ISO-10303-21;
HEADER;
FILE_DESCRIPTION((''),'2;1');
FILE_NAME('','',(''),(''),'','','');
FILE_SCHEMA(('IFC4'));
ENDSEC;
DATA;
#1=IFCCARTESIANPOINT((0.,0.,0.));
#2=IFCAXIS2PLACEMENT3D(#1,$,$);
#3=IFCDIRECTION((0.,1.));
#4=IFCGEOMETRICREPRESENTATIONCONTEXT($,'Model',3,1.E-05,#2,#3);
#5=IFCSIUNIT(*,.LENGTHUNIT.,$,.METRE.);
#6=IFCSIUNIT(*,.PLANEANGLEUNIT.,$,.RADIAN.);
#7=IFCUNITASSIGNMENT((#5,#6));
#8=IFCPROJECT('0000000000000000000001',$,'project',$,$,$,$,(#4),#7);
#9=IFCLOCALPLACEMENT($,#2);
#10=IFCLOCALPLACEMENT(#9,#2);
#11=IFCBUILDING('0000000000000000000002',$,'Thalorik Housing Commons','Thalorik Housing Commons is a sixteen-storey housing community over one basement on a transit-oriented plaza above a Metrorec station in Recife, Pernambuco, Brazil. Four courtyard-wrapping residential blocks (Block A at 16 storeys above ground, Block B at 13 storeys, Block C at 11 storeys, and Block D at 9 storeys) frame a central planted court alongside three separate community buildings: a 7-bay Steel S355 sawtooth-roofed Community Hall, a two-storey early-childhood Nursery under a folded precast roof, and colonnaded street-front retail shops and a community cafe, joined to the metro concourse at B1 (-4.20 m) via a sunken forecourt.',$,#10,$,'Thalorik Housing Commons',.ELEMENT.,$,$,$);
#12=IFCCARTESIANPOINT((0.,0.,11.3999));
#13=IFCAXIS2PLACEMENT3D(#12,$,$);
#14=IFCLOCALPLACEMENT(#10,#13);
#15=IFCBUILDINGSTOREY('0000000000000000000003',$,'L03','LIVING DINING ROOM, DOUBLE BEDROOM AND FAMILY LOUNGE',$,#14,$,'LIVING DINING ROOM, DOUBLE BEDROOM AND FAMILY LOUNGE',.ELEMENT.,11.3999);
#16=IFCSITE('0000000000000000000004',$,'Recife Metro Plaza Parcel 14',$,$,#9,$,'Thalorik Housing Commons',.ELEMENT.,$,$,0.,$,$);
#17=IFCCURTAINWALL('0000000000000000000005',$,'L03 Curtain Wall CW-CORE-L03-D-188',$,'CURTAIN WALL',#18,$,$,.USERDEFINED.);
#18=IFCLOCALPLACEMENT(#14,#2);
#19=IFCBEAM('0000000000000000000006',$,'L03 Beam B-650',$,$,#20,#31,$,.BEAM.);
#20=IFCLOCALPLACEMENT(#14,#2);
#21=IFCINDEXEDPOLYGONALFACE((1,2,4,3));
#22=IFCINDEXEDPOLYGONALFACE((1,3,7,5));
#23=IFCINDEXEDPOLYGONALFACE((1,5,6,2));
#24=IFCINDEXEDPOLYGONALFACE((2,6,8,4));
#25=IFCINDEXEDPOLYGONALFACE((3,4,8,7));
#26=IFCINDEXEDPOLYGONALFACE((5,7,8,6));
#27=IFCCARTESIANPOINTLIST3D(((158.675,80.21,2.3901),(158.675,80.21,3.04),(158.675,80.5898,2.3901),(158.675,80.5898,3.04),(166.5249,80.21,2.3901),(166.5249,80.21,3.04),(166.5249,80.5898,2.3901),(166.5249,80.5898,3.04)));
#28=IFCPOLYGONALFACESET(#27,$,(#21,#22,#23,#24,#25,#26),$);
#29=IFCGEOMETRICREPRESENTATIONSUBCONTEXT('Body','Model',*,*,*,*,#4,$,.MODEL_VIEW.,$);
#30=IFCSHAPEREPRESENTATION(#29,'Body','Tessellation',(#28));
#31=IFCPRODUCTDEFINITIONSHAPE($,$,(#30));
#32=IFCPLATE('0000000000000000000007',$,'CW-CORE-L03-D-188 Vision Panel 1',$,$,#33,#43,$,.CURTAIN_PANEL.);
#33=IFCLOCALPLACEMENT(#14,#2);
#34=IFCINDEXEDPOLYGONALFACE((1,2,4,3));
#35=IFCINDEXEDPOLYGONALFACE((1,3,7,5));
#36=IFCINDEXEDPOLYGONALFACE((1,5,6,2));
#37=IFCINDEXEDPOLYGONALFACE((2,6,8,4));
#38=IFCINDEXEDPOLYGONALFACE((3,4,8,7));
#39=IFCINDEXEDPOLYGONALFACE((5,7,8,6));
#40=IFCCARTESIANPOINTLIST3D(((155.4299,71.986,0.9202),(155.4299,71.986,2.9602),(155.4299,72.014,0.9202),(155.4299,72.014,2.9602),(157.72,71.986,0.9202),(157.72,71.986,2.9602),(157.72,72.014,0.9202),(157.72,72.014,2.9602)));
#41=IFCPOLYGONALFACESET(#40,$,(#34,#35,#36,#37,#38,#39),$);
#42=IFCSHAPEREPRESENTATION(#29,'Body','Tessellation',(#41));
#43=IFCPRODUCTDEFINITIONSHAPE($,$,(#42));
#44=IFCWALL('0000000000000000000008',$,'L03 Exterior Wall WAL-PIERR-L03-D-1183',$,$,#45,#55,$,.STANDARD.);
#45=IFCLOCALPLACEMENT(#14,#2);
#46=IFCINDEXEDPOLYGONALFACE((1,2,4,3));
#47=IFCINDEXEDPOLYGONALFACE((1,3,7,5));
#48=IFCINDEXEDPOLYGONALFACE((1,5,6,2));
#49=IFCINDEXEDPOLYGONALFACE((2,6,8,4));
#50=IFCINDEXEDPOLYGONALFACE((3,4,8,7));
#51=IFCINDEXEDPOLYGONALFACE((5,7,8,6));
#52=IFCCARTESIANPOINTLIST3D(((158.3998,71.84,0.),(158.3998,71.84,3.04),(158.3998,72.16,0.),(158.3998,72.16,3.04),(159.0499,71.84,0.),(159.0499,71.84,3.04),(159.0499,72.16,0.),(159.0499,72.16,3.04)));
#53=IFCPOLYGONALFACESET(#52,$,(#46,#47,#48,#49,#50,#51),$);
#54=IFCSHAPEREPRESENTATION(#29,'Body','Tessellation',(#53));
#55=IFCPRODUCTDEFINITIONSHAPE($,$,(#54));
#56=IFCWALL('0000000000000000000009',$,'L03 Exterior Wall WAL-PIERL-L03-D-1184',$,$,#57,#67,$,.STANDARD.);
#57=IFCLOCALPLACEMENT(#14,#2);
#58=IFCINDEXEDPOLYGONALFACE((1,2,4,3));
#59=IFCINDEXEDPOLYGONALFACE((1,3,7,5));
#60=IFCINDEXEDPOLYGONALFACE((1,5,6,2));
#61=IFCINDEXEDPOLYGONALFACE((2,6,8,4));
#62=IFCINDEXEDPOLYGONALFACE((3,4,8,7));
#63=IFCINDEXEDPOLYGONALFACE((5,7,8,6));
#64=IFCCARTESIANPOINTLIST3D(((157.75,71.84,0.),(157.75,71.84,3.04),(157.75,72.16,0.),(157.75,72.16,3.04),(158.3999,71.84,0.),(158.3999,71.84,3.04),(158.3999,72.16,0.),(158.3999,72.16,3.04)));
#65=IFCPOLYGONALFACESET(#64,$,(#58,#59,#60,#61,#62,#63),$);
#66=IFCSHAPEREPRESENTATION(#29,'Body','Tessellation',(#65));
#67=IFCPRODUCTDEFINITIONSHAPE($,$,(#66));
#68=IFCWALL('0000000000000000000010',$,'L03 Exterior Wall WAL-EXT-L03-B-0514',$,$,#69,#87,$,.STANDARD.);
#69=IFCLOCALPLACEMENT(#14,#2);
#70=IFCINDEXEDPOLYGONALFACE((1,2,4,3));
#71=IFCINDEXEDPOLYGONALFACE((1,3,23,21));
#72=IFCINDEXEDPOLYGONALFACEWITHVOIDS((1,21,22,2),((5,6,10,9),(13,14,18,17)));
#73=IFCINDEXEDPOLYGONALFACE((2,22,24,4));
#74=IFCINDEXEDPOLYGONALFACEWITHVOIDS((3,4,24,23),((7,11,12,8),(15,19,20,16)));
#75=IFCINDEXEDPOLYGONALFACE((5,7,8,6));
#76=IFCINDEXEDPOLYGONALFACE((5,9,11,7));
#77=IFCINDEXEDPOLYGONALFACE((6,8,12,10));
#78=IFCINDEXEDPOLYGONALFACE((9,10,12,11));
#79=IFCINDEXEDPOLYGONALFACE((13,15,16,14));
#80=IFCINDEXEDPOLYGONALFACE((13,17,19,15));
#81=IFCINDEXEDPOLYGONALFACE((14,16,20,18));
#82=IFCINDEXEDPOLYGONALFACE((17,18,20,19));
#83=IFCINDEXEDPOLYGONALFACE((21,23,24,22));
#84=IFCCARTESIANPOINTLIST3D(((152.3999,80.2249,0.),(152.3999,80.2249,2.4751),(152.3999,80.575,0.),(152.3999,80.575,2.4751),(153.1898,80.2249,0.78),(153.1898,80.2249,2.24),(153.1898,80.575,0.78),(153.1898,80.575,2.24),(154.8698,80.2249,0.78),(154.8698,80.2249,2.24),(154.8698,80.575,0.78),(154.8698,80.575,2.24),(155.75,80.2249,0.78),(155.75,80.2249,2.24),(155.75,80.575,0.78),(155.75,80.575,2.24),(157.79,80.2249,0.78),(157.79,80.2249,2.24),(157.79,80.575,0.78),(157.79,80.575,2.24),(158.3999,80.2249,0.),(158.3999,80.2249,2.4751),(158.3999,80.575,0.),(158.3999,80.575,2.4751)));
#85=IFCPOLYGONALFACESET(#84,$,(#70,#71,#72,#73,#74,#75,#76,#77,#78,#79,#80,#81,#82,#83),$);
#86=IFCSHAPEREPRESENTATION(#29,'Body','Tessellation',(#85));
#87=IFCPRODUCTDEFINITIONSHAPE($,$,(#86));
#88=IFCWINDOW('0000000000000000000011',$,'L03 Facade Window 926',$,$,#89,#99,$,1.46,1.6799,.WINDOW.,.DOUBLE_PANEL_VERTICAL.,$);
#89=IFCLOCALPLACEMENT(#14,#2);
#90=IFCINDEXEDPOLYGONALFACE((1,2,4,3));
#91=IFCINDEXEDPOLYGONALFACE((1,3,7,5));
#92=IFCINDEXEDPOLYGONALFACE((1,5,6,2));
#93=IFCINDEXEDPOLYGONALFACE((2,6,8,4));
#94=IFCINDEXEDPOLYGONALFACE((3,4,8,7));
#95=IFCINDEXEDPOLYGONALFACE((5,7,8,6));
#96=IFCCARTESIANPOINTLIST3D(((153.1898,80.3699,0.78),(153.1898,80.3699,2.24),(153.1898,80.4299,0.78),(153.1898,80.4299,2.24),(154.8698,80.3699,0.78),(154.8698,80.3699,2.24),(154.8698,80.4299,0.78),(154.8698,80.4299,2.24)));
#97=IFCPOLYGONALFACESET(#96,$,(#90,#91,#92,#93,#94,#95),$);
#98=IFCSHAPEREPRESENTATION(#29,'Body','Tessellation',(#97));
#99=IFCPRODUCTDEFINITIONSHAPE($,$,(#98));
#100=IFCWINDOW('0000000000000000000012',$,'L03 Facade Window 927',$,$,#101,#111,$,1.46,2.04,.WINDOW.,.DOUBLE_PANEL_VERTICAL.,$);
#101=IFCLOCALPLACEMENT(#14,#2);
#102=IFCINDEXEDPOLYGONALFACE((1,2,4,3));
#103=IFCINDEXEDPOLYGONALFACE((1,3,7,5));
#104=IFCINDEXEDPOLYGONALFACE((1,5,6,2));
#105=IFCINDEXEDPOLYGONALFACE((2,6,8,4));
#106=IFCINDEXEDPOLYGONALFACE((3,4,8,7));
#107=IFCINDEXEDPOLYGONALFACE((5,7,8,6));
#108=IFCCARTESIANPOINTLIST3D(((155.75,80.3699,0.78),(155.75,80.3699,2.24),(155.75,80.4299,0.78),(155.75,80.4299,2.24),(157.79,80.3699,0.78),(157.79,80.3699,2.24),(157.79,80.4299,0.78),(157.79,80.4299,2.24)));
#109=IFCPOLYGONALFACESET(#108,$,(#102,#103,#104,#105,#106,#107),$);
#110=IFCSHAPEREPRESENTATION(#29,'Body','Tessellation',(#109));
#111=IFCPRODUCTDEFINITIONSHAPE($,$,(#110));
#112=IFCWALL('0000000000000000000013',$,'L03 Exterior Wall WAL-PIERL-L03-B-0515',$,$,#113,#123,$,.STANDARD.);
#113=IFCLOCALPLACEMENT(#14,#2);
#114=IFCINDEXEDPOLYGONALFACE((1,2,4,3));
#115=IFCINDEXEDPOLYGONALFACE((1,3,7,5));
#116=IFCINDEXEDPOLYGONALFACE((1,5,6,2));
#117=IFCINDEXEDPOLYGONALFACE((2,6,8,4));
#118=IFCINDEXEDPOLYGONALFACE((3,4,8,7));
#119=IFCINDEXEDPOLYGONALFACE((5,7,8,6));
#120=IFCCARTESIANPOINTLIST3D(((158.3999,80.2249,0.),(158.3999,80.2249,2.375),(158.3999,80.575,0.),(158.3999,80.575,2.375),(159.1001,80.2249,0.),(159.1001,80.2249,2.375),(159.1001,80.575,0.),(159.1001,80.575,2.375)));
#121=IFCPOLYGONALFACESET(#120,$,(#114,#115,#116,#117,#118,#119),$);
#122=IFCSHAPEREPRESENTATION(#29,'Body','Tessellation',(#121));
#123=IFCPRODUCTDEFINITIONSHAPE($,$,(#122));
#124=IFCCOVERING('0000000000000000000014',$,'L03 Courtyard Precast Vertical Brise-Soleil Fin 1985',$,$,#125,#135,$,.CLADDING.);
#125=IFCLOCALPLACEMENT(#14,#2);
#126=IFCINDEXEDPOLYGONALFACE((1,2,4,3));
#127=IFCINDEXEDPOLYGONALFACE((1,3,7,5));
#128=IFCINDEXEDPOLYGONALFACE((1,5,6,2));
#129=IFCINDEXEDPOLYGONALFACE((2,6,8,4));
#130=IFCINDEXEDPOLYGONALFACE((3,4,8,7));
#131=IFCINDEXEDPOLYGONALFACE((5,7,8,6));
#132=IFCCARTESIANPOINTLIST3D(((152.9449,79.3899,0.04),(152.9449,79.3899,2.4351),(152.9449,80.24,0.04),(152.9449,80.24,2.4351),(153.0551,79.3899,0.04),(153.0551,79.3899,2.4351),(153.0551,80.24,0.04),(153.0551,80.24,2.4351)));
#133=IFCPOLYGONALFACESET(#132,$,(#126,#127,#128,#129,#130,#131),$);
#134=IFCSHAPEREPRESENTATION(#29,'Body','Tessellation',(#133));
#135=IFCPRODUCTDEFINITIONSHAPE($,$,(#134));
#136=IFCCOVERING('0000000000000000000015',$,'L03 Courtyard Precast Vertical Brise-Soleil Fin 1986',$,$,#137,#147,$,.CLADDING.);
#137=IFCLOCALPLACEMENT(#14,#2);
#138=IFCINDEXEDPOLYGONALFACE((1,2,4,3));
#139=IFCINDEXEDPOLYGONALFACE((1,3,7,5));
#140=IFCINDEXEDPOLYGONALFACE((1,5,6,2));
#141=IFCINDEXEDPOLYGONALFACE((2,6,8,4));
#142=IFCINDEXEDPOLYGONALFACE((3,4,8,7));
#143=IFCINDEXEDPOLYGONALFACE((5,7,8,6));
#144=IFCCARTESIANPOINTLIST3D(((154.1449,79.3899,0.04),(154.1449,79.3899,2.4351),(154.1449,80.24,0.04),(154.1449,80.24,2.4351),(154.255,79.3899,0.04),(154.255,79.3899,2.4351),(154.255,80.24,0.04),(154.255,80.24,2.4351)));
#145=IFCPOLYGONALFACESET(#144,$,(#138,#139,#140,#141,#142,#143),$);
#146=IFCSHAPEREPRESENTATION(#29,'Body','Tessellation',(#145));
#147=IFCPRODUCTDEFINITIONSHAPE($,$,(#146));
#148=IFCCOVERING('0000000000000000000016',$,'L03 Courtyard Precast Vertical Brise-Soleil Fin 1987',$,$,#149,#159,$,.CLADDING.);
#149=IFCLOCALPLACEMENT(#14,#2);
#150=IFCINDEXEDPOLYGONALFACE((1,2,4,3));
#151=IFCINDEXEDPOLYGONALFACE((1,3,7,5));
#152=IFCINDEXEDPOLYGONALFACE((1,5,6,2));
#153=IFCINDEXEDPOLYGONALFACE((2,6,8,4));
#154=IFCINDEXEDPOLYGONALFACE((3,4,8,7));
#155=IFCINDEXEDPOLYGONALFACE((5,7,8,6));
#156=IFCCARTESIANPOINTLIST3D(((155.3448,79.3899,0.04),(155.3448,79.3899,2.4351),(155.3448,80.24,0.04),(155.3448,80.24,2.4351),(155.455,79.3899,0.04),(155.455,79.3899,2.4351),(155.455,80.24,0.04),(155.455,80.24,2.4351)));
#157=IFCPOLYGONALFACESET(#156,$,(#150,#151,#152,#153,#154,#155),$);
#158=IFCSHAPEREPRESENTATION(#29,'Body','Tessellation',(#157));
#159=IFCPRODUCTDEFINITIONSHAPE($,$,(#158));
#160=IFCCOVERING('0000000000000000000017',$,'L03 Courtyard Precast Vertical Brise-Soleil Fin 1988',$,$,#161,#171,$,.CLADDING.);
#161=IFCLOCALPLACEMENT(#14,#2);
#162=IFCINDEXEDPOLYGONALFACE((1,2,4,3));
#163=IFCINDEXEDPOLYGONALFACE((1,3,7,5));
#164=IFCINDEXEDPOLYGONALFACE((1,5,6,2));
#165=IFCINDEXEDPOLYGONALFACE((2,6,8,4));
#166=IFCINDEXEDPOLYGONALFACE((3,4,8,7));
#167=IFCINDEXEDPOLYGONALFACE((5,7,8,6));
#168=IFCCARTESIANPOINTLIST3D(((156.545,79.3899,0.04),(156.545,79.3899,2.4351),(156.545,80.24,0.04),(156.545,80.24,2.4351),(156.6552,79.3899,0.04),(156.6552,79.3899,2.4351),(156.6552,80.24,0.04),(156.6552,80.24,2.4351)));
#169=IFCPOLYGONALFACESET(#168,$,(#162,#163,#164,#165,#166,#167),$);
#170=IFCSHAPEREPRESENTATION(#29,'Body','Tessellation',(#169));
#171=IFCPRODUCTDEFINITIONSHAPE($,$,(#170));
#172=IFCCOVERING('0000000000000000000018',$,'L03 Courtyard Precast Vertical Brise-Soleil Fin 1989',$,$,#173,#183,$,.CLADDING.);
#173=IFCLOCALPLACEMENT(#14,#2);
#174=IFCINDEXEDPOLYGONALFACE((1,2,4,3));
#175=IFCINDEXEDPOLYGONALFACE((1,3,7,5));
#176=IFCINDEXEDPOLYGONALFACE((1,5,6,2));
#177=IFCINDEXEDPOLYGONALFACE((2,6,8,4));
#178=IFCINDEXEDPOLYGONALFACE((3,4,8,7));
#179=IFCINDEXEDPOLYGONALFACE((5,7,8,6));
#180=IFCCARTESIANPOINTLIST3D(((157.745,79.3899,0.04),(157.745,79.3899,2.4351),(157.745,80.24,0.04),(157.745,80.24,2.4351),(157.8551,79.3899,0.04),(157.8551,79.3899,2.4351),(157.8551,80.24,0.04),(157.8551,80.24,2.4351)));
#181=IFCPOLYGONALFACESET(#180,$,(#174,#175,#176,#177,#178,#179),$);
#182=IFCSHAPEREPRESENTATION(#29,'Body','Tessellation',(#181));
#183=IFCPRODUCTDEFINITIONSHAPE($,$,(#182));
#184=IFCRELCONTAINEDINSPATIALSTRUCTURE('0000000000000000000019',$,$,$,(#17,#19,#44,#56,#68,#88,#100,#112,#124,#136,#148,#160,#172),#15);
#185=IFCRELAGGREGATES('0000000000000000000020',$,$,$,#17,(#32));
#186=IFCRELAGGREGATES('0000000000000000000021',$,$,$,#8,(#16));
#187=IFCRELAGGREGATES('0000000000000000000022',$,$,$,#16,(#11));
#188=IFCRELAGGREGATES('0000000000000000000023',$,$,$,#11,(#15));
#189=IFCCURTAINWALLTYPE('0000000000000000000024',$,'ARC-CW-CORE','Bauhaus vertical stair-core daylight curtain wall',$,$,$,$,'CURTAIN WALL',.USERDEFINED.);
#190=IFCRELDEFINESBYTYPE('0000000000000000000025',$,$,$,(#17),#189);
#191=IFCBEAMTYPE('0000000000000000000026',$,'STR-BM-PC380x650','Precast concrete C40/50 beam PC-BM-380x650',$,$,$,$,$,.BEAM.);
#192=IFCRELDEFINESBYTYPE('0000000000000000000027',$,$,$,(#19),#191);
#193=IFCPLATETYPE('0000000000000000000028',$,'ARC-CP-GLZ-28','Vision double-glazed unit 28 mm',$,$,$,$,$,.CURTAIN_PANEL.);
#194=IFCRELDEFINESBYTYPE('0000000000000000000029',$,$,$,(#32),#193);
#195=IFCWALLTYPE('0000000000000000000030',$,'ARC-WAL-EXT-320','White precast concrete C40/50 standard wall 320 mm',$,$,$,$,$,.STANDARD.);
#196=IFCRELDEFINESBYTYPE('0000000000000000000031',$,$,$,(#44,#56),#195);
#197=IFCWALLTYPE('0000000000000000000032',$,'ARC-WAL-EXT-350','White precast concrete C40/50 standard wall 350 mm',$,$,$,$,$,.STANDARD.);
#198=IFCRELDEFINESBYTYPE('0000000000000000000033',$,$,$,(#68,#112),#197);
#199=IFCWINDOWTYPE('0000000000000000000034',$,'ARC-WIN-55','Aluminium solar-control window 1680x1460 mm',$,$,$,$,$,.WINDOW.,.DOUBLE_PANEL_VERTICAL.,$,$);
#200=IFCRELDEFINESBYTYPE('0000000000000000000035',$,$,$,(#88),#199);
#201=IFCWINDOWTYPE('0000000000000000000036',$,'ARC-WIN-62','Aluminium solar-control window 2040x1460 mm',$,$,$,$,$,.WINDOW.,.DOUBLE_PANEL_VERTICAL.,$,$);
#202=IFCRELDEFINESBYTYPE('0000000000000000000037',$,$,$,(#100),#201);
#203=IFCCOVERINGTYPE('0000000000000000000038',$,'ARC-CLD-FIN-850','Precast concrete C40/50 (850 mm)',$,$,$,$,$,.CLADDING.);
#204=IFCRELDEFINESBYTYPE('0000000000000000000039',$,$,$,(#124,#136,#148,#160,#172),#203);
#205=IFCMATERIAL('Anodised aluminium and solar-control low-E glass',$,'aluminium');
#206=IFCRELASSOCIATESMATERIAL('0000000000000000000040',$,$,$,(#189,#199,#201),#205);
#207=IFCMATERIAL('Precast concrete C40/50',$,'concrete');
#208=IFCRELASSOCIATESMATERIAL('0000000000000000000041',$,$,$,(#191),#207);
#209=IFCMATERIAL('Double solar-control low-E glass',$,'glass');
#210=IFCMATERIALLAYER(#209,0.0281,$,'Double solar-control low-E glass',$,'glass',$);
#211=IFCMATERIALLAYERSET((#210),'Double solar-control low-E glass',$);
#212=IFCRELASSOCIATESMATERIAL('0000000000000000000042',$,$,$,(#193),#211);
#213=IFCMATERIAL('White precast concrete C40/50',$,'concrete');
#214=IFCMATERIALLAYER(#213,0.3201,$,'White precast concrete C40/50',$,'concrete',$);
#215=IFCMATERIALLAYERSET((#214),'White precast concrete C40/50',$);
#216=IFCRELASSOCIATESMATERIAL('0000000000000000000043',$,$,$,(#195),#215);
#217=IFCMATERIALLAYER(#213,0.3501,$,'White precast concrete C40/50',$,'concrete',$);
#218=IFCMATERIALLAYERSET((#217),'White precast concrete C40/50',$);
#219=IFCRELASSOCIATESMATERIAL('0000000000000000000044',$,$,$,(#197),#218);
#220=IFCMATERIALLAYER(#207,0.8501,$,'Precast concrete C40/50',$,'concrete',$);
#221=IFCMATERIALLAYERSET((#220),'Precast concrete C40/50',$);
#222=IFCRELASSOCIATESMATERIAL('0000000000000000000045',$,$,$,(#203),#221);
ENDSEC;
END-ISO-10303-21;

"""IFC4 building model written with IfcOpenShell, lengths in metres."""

from ifc_helpers import new_model, si_unit, direction, frame, frame_2d, origin, origin_2d, place, context, subcontext, project, spatial, rectangle, extrude, material, layer, layer_set, material_profile, profile_set, type_object, element, fill, aggregate, save


model = new_model("IFC4")

# Units and contexts
model_context = context("Model", 3, precision=1e-05, world=origin(), true_north=direction((0.0, 1.0)))
body_context = subcontext(model_context, "Body", "Model", "MODEL_VIEW")
ifc_project = project(units=[si_unit("LENGTHUNIT", "METRE"), si_unit("PLANEANGLEUNIT", "RADIAN")], contexts=[model_context])

# Site, building, storey
site_placement = place(None, origin())
site = spatial("IfcSite", under=ifc_project, at=site_placement, Name="Recife Metro Plaza Parcel 14", LongName="Thalorik Housing Commons", CompositionType="ELEMENT", RefElevation=0.0)
building_placement = place(site_placement, origin())
building = spatial("IfcBuilding", under=site, at=building_placement, Name="Thalorik Housing Commons", Description="Thalorik Housing Commons is a sixteen-storey housing community over one basement on a transit-oriented plaza above a Metrorec station in Recife, Pernambuco, Brazil. Four courtyard-wrapping residential blocks (Block A at 16 storeys above ground, Block B at 13 storeys, Block C at 11 storeys, and Block D at 9 storeys) frame a central planted court alongside three separate community buildings: a 7-bay Steel S355 sawtooth-roofed Community Hall, a two-storey early-childhood Nursery under a folded precast roof, and colonnaded street-front retail shops and a community cafe, joined to the metro concourse at B1 (-4.20 m) via a sunken forecourt.", LongName="Thalorik Housing Commons", CompositionType="ELEMENT")
storey_placement = place(building_placement, frame((0.0, 0.0, 11.3999)))
storey = spatial("IfcBuildingStorey", under=building, at=storey_placement, Name="L03", Description="LIVING DINING ROOM, DOUBLE BEDROOM AND FAMILY LOUNGE", LongName="LIVING DINING ROOM, DOUBLE BEDROOM AND FAMILY LOUNGE", CompositionType="ELEMENT", Elevation=11.3999)

# Shared definitions
ifc_material_1 = material(Name="Precast concrete C40/50", Category="concrete")

# Curtain wall
ifc_material_2 = material(Name="Anodised aluminium and solar-control low-E glass", Category="aluminium")
curtain_wall_type_1 = type_object("IfcCurtainWallType", Name="ARC-CW-CORE", Description="Bauhaus vertical stair-core daylight curtain wall", ElementType="CURTAIN WALL", PredefinedType="USERDEFINED", material=ifc_material_2)
curtain_wall_1_placement = place(storey_placement, origin())
curtain_wall_1 = element("IfcCurtainWall", 1, at=curtain_wall_1_placement, inside=storey, type_object=curtain_wall_type_1, Name="L03 Curtain Wall CW-CORE-L03-D-188", ObjectType="CURTAIN WALL", PredefinedType="USERDEFINED")

# Beam
ifc_material_profile_1 = material_profile(ifc_material_1, rectangle(XDim=0.3799, YDim=0.6499, at=origin_2d()), Name="PC 380x650", Category="concrete")
ifc_profile_set_1 = profile_set([ifc_material_profile_1], Name="Precast concrete C40/50")
beam_type_1 = type_object("IfcBeamType", Name="STR-BM-PC380x650", Description="Precast concrete C40/50 beam PC-BM-380x650", PredefinedType="BEAM", material=ifc_profile_set_1)
beam_1_placement = place(storey_placement, frame((158.675, 80.3999, 2.7151), z_axis=(1.0, 0.0, 0.0), x_axis=(0.0, 1.0, 0.0)))
element("IfcBeam", 2, at=beam_1_placement, inside=storey, type_object=beam_type_1, Name="L03 Beam B-650", PredefinedType="BEAM", context=body_context, shape_type="SweptSolid", body=[
    extrude(rectangle(XDim=0.3799, YDim=0.6499, at=origin_2d()), origin(), (0.0, 0.0, 1.0), 7.8499),
])

# Plate
ifc_material_3 = material(Name="Double solar-control low-E glass", Category="glass")
ifc_layer_1 = layer(ifc_material_3, 0.0281, Name="Double solar-control low-E glass", Category="glass")
ifc_layer_set_1 = layer_set([ifc_layer_1], Name="Double solar-control low-E glass")
plate_type = type_object("IfcPlateType", Name="ARC-CP-GLZ-28", Description="Vision double-glazed unit 28 mm", PredefinedType="CURTAIN_PANEL", material=ifc_layer_set_1)
plate_placement = place(storey_placement, frame((156.575, 72.0, 0.9202), z_axis=(0.0, 0.0, 1.0), x_axis=(-1.0, 0.0, 0.0)))
plate = element("IfcPlate", 3, at=plate_placement, type_object=plate_type, Name="CW-CORE-L03-D-188 Vision Panel 1", PredefinedType="CURTAIN_PANEL", context=body_context, shape_type="SweptSolid", body=[
    extrude(rectangle(XDim=2.29, YDim=0.0281, at=origin_2d()), origin(), (0.0, 0.0, 1.0), 2.04),
])
aggregate(curtain_wall_1, [plate])

# Walls
ifc_material_4 = material(Name="White precast concrete C40/50", Category="concrete")
ifc_layer_2 = layer(ifc_material_4, 0.3201, Name="White precast concrete C40/50", Category="concrete")
ifc_layer_set_2 = layer_set([ifc_layer_2], Name="White precast concrete C40/50")
wall_type_1 = type_object("IfcWallType", Name="ARC-WAL-EXT-320", Description="White precast concrete C40/50 standard wall 320 mm", PredefinedType="STANDARD", material=ifc_layer_set_2)
wall_1_placement = place(storey_placement, frame((159.05, 72.0, 0.0), z_axis=(0.0, 0.0, 1.0), x_axis=(-1.0, 0.0, 0.0)))
element("IfcWall", 4, at=wall_1_placement, inside=storey, type_object=wall_type_1, Name="L03 Exterior Wall WAL-PIERR-L03-D-1183", PredefinedType="STANDARD", context=body_context, shape_type="SweptSolid", body=[
    extrude(rectangle(XDim=0.6501, YDim=0.3201, at=frame_2d((0.3252, 0.0))), origin(), (0.0, 0.0, 1.0), 3.04),
])
wall_2_placement = place(storey_placement, frame((158.3999, 72.0, 0.0), z_axis=(0.0, 0.0, 1.0), x_axis=(-1.0, 0.0, 0.0)))
element("IfcWall", 5, at=wall_2_placement, inside=storey, type_object=wall_type_1, Name="L03 Exterior Wall WAL-PIERL-L03-D-1184", PredefinedType="STANDARD", context=body_context, shape_type="SweptSolid", body=[
    extrude(rectangle(XDim=0.6499, YDim=0.3201, at=frame_2d((0.325, 0.0))), origin(), (0.0, 0.0, 1.0), 3.04),
])

# Wall, openings, windows
ifc_layer_3 = layer(ifc_material_4, 0.3501, Name="White precast concrete C40/50", Category="concrete")
ifc_layer_set_3 = layer_set([ifc_layer_3], Name="White precast concrete C40/50")
wall_type_2 = type_object("IfcWallType", Name="ARC-WAL-EXT-350", Description="White precast concrete C40/50 standard wall 350 mm", PredefinedType="STANDARD", material=ifc_layer_set_3)
wall_3_placement = place(storey_placement, frame((152.3999, 80.3999, 0.0), z_axis=(0.0, 0.0, 1.0), x_axis=(1.0, 0.0, 0.0)))
wall_3 = element("IfcWall", 6, at=wall_3_placement, inside=storey, type_object=wall_type_2, Name="L03 Exterior Wall WAL-EXT-L03-B-0514", PredefinedType="STANDARD", context=body_context, shape_type="SweptSolid", body=[
    extrude(rectangle(XDim=6.0, YDim=0.3501, at=frame_2d((3.0, 0.0))), origin(), (0.0, 0.0, 1.0), 2.4751),
])
opening_1_placement = place(wall_3_placement, frame((0.79, 0.0, 0.78)))
opening_1 = element("IfcOpeningElement", 7, at=opening_1_placement, cuts=wall_3, PredefinedType="OPENING", context=body_context, shape_type="SweptSolid", body=[
    extrude(rectangle(XDim=1.6799, YDim=1.46, at=frame_2d((0.8398, 0.73))), frame((0.0, 0.1851, 0.0), z_axis=(0.0, -1.0, 0.0), x_axis=(1.0, 0.0, 0.0)), (0.0, 0.0, 1.0), 0.3701),
])
opening_2_placement = place(wall_3_placement, frame((3.3501, 0.0, 0.78)))
opening_2 = element("IfcOpeningElement", 8, at=opening_2_placement, cuts=wall_3, PredefinedType="OPENING", context=body_context, shape_type="SweptSolid", body=[
    extrude(rectangle(XDim=2.04, YDim=1.46, at=frame_2d((1.02, 0.73))), frame((0.0, 0.1851, 0.0), z_axis=(0.0, -1.0, 0.0), x_axis=(1.0, 0.0, 0.0)), (0.0, 0.0, 1.0), 0.3701),
])
window_type_1 = type_object("IfcWindowType", Name="ARC-WIN-55", Description="Aluminium solar-control window 1680x1460 mm", PartitioningType="DOUBLE_PANEL_VERTICAL", PredefinedType="WINDOW", material=ifc_material_2)
window_1_placement = place(opening_1_placement, origin())
window_1 = element("IfcWindow", 9, at=window_1_placement, inside=storey, type_object=window_type_1, Name="L03 Facade Window 926", OverallHeight=1.46, OverallWidth=1.6799, PartitioningType="DOUBLE_PANEL_VERTICAL", PredefinedType="WINDOW", context=body_context, shape_type="SweptSolid", body=[
    extrude(rectangle(XDim=1.6799, YDim=1.46, at=frame_2d((0.8398, 0.73))), frame((0.0, 0.03, 0.0), z_axis=(0.0, -1.0, 0.0), x_axis=(1.0, 0.0, 0.0)), (0.0, 0.0, 1.0), 0.0601),
])
fill(opening_1, window_1)
window_type_2 = type_object("IfcWindowType", Name="ARC-WIN-62", Description="Aluminium solar-control window 2040x1460 mm", PartitioningType="DOUBLE_PANEL_VERTICAL", PredefinedType="WINDOW", material=ifc_material_2)
window_2_placement = place(opening_2_placement, origin())
window_2 = element("IfcWindow", 10, at=window_2_placement, inside=storey, type_object=window_type_2, Name="L03 Facade Window 927", OverallHeight=1.46, OverallWidth=2.04, PartitioningType="DOUBLE_PANEL_VERTICAL", PredefinedType="WINDOW", context=body_context, shape_type="SweptSolid", body=[
    extrude(rectangle(XDim=2.04, YDim=1.46, at=frame_2d((1.02, 0.73))), frame((0.0, 0.03, 0.0), z_axis=(0.0, -1.0, 0.0), x_axis=(1.0, 0.0, 0.0)), (0.0, 0.0, 1.0), 0.0601),
])
fill(opening_2, window_2)

# Wall
wall_4_placement = place(storey_placement, frame((158.3999, 80.3999, 0.0), z_axis=(0.0, 0.0, 1.0), x_axis=(1.0, 0.0, 0.0)))
element("IfcWall", 11, at=wall_4_placement, inside=storey, type_object=wall_type_2, Name="L03 Exterior Wall WAL-PIERL-L03-B-0515", PredefinedType="STANDARD", context=body_context, shape_type="SweptSolid", body=[
    extrude(rectangle(XDim=0.7002, YDim=0.3501, at=frame_2d((0.3501, 0.0))), origin(), (0.0, 0.0, 1.0), 2.375),
])

# Coverings
ifc_layer_4 = layer(ifc_material_1, 0.8501, Name="Precast concrete C40/50", Category="concrete")
ifc_layer_set_4 = layer_set([ifc_layer_4], Name="Precast concrete C40/50")
covering_type_1 = type_object("IfcCoveringType", Name="ARC-CLD-FIN-850", Description="Precast concrete C40/50 (850 mm)", PredefinedType="CLADDING", material=ifc_layer_set_4)
for number, where, z_axis, x_axis, name in (
    (12, (153.0, 79.8149, 0.04), (0.0, 0.0, 1.0), (1.0, 0.0, 0.0), "L03 Courtyard Precast Vertical Brise-Soleil Fin 1985"),
    (13, (154.2, 79.8149, 0.04), (0.0, 0.0, 1.0), (1.0, 0.0, 0.0), "L03 Courtyard Precast Vertical Brise-Soleil Fin 1986"),
    (14, (155.3999, 79.8149, 0.04), (0.0, 0.0, 1.0), (1.0, 0.0, 0.0), "L03 Courtyard Precast Vertical Brise-Soleil Fin 1987"),
    (15, (156.6001, 79.8149, 0.04), (0.0, 0.0, 1.0), (1.0, 0.0, 0.0), "L03 Courtyard Precast Vertical Brise-Soleil Fin 1988"),
    (16, (157.8, 79.8149, 0.04), (0.0, 0.0, 1.0), (1.0, 0.0, 0.0), "L03 Courtyard Precast Vertical Brise-Soleil Fin 1989"),
):
    element("IfcCovering", number, at=place(storey_placement, frame(where, z_axis=z_axis, x_axis=x_axis)), inside=storey, type_object=covering_type_1, Name=name, PredefinedType="CLADDING", context=body_context, shape_type="SweptSolid", body=[
        extrude(rectangle(XDim=0.1101, YDim=0.8501, at=origin_2d()), origin(), (0.0, 0.0, 1.0), 2.395),
    ])

save(model, "model.ifc")
